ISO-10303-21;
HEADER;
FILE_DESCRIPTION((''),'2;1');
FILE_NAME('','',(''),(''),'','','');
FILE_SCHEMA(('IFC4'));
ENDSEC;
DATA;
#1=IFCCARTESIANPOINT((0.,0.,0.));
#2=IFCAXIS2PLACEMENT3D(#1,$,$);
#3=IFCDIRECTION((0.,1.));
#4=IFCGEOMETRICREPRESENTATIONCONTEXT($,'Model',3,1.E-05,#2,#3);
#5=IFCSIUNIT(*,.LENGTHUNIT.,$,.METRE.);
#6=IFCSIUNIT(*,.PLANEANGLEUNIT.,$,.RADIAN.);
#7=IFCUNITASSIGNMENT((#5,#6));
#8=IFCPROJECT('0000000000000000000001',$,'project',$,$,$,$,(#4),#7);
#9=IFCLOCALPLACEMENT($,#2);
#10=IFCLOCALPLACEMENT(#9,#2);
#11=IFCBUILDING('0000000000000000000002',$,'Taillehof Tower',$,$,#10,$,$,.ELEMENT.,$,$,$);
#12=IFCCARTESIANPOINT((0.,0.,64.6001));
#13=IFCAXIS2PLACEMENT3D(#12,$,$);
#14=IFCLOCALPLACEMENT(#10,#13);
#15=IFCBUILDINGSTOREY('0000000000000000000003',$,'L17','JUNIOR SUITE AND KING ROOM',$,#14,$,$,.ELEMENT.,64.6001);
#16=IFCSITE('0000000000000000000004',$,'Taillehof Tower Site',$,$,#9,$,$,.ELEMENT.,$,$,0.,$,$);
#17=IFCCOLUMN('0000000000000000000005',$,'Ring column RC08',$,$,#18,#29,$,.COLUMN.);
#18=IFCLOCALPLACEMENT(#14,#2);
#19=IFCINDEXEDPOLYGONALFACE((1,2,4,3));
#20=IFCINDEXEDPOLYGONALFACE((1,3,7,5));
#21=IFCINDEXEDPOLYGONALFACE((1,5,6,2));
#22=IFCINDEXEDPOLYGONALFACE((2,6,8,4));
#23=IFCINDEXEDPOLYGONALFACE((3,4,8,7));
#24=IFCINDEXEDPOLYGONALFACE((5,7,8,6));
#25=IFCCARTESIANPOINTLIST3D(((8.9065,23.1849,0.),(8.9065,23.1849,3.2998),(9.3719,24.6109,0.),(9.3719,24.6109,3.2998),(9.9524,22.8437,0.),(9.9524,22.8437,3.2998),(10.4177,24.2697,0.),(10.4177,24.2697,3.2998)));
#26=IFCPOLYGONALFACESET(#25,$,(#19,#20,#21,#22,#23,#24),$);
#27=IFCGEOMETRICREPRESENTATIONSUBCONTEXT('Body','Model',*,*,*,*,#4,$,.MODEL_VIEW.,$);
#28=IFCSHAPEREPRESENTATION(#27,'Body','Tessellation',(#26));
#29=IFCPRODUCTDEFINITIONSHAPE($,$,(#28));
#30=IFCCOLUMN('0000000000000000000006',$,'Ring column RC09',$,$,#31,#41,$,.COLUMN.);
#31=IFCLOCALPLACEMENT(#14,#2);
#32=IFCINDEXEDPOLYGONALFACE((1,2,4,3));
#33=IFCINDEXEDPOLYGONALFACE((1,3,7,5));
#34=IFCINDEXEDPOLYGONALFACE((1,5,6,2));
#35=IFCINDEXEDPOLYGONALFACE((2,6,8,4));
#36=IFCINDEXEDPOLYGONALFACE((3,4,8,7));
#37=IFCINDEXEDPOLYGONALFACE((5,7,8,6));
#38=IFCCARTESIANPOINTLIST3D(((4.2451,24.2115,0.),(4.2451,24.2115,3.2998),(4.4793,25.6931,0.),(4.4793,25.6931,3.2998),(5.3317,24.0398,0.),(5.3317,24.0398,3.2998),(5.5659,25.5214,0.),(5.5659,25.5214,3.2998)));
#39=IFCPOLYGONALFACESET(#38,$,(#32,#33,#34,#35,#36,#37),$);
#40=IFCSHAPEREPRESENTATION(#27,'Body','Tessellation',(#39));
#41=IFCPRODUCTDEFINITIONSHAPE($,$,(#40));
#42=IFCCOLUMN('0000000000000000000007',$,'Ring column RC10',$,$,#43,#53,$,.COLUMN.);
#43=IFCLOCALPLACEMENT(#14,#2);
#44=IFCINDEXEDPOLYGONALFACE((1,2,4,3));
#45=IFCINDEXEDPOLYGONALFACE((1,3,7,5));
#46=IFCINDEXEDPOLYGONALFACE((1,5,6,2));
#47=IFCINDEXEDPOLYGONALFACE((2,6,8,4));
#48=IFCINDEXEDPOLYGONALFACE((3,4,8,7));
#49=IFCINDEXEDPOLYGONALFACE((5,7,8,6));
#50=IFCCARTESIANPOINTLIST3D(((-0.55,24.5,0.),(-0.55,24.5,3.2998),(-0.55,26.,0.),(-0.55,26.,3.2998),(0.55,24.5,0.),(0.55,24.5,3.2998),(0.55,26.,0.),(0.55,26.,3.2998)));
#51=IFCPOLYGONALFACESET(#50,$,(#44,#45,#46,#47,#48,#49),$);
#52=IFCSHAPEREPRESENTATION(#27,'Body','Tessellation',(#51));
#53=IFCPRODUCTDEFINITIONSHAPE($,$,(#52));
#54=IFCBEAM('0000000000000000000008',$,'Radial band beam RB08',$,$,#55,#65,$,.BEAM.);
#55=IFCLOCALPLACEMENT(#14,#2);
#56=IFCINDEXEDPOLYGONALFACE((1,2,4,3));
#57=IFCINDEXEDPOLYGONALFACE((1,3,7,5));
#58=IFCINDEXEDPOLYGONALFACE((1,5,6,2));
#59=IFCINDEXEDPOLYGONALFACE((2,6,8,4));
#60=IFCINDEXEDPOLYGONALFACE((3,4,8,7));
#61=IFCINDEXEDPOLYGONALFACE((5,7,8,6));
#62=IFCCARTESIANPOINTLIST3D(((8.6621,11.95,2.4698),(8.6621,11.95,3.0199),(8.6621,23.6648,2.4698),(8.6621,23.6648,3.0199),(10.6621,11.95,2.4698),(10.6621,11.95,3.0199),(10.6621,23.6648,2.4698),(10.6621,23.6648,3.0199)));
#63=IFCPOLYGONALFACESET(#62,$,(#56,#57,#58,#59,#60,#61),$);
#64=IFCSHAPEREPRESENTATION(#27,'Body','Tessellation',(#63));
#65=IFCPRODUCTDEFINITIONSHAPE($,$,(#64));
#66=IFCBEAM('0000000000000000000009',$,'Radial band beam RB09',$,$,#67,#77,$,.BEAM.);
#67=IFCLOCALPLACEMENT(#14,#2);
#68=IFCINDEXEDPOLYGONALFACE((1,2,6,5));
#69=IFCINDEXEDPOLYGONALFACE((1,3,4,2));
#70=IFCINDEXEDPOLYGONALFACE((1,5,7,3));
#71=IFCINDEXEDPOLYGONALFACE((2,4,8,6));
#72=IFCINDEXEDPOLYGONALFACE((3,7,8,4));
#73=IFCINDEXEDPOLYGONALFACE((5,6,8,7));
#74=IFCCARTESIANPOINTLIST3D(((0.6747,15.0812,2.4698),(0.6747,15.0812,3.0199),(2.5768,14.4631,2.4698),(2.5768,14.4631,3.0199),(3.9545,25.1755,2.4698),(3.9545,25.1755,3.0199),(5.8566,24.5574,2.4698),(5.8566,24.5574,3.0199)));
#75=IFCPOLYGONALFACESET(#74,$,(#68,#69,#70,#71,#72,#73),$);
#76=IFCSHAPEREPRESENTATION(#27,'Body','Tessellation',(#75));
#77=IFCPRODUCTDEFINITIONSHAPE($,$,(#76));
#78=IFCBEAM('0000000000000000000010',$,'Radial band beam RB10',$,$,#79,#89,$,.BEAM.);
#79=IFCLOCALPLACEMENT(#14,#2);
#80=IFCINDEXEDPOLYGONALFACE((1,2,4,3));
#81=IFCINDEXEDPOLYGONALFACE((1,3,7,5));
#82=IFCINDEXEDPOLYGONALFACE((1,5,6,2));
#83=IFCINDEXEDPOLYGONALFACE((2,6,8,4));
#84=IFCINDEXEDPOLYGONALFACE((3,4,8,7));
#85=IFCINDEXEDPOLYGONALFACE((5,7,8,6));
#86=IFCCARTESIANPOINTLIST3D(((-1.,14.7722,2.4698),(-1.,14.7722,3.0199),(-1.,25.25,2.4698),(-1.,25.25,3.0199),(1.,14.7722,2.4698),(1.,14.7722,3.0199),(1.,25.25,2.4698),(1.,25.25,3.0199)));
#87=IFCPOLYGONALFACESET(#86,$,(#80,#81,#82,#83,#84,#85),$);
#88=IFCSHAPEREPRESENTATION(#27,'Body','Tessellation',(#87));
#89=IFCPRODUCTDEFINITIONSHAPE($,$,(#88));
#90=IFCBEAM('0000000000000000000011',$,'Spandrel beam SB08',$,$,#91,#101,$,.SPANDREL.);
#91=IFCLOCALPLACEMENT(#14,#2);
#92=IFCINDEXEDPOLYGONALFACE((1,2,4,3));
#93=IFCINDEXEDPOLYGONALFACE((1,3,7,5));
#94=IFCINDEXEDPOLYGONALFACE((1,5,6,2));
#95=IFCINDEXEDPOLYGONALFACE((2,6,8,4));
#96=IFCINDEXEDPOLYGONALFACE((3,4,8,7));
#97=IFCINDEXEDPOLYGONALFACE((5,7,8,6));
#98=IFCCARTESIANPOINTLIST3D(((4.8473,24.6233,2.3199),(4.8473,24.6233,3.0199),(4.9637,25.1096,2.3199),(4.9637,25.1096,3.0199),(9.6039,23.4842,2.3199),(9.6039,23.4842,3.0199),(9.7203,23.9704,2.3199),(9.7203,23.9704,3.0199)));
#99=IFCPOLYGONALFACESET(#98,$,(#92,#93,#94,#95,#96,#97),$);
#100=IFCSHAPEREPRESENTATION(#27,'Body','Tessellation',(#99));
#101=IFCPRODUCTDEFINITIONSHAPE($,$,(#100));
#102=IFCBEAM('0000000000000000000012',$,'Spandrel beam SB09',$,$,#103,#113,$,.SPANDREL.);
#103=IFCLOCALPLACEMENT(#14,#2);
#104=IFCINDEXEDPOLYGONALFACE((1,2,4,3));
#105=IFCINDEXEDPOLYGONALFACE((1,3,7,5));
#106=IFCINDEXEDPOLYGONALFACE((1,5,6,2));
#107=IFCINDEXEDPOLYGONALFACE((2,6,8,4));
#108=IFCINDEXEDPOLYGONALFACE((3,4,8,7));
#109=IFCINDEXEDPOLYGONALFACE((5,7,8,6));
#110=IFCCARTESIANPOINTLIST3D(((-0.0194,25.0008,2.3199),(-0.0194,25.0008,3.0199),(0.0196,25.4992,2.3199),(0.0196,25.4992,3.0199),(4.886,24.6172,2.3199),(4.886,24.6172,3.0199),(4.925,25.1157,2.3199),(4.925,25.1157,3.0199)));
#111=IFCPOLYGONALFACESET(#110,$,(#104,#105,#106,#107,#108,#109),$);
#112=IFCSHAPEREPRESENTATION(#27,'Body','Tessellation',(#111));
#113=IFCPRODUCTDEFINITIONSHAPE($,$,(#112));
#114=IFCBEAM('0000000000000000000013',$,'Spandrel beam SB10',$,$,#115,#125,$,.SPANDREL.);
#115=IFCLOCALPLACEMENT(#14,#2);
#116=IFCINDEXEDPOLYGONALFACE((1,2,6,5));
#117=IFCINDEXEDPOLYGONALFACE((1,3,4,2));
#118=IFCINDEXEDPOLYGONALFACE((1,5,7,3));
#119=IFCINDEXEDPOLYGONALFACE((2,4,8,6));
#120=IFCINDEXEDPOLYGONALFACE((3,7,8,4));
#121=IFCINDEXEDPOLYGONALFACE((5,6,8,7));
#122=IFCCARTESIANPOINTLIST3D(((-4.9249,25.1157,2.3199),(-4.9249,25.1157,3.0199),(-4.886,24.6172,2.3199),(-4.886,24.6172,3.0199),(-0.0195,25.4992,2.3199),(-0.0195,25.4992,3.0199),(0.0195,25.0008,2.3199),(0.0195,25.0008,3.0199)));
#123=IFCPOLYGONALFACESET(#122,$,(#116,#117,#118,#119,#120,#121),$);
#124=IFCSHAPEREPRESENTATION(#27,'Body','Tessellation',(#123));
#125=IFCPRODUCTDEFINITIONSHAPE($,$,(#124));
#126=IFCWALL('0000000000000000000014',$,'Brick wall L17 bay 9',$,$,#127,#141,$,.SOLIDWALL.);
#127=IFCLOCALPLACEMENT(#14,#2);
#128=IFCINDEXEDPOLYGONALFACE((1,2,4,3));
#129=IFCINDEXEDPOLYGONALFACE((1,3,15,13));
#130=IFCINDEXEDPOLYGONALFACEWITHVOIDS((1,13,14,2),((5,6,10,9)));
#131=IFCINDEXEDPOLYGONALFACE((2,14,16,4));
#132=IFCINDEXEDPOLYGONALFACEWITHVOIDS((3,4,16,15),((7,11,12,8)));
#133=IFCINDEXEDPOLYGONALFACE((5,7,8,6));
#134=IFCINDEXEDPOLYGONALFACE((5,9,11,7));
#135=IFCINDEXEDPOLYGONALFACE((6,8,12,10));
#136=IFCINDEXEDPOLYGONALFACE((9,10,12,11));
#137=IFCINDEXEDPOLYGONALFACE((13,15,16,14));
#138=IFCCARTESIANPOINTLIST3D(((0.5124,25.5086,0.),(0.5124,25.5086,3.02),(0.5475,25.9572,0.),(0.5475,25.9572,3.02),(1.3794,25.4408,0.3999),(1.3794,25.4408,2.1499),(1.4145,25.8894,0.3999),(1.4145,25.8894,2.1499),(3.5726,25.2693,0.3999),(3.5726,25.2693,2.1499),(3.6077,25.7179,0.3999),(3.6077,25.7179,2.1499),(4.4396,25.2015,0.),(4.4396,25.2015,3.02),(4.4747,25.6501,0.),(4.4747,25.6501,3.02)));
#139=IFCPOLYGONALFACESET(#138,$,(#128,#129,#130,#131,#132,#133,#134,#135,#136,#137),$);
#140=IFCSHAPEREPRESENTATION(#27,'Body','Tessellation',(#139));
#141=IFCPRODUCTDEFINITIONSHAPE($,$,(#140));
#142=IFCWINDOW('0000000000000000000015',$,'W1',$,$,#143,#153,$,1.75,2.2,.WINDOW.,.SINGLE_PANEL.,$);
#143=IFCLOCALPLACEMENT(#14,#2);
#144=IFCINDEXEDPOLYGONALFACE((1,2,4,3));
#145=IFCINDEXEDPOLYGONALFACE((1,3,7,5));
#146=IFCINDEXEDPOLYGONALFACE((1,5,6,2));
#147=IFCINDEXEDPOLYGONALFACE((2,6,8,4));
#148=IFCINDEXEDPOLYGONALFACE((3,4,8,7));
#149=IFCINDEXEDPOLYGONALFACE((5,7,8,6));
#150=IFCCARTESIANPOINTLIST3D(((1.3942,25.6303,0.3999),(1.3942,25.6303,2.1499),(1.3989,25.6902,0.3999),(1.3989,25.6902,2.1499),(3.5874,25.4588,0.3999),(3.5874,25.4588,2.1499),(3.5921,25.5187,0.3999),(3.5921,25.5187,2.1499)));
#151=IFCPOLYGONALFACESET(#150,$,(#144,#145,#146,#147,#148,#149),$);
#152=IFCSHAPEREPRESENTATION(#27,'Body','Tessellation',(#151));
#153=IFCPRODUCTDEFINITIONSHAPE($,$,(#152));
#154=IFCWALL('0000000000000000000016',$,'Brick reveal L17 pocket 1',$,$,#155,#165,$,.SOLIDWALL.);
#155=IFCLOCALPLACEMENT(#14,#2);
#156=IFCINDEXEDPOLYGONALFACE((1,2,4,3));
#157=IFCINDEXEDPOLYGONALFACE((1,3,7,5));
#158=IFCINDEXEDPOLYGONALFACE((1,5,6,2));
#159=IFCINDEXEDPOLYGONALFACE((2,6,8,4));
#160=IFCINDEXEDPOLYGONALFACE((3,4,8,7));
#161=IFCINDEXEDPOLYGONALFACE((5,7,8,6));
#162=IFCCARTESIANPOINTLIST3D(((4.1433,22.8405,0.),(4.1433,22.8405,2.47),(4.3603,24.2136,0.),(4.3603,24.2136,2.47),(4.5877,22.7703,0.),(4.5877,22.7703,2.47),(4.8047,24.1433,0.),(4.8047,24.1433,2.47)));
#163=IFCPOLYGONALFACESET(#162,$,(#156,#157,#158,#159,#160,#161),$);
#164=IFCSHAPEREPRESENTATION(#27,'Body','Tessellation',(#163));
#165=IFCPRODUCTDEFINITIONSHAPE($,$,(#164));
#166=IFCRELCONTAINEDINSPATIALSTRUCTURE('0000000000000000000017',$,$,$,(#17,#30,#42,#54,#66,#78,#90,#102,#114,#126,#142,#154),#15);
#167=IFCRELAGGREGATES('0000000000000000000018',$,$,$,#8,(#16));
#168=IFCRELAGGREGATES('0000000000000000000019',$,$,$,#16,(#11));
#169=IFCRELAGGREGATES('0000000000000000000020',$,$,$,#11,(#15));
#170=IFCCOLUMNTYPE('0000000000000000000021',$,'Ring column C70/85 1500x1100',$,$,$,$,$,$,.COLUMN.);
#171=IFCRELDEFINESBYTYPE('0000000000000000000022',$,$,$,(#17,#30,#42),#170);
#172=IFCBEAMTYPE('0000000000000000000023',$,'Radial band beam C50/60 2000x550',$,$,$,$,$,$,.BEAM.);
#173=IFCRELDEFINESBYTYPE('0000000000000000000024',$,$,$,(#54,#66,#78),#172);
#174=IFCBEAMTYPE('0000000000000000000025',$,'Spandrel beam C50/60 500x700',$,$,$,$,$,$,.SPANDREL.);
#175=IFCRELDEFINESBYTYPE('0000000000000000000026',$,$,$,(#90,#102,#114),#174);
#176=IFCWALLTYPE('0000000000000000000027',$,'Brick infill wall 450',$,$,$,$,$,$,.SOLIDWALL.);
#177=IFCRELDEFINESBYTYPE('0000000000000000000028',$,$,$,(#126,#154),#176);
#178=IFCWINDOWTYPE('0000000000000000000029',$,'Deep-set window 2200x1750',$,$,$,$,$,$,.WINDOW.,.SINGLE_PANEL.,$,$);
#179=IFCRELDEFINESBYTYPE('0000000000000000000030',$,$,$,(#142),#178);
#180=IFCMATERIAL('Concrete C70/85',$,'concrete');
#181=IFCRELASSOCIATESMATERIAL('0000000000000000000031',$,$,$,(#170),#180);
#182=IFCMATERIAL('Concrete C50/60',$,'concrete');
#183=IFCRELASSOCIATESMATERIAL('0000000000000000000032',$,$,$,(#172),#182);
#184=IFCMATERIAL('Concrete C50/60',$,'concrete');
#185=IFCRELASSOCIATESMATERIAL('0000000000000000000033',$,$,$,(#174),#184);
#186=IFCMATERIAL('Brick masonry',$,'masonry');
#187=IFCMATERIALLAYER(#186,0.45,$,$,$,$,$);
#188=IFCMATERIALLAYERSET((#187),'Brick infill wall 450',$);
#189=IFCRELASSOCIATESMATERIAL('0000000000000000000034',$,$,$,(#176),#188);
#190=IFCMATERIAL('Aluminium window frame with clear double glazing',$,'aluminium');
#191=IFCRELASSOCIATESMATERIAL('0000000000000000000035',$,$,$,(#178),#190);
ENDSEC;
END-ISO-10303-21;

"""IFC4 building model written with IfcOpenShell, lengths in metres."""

from ifc_helpers import new_model, si_unit, direction, frame, frame_2d, origin, origin_2d, place, context, subcontext, project, spatial, rectangle, extrude, material, layer, layer_set, material_profile, profile_set, type_object, element, fill, save


model = new_model("IFC4")

# Units and contexts
model_context = context("Model", 3, precision=1e-05, world=origin(), true_north=direction((0.0, 1.0)))
body_context = subcontext(model_context, "Body", "Model", "MODEL_VIEW")
ifc_project = project(units=[si_unit("LENGTHUNIT", "METRE"), si_unit("PLANEANGLEUNIT", "RADIAN")], contexts=[model_context])

# Site, building, storey
site_placement = place(None, origin())
site = spatial("IfcSite", under=ifc_project, at=site_placement, Name="Taillehof Tower Site", CompositionType="ELEMENT", RefElevation=0.0)
building_placement = place(site_placement, origin())
building = spatial("IfcBuilding", under=site, at=building_placement, Name="Taillehof Tower", CompositionType="ELEMENT")
storey_placement = place(building_placement, frame((0.0, 0.0, 64.6001)))
storey = spatial("IfcBuildingStorey", under=building, at=storey_placement, Name="L17", Description="JUNIOR SUITE AND KING ROOM", CompositionType="ELEMENT", Elevation=64.6001)

# Columns
ifc_material_1 = material(Name="Concrete C70/85", Category="concrete")
ifc_material_profile_1 = material_profile(ifc_material_1, rectangle(XDim=1.5, YDim=1.1001, at=origin_2d()), Name="RC 1500x1100")
ifc_profile_set_1 = profile_set([ifc_material_profile_1], Name="Concrete C70/85")
column_type = type_object("IfcColumnType", Name="Ring column C70/85 1500x1100", PredefinedType="COLUMN", material=ifc_profile_set_1)
for number, where, z_axis, x_axis, name in (
    (1, (9.6621, 23.7273, 0.0), (0.0, 0.0, 1.0), (0.310219, 0.950665, 0.0), "Ring column RC08"),
    (2, (4.9055, 24.8665, 0.0), (0.0, 0.0, 1.0), (0.156147, 0.987734, 0.0), "Ring column RC09"),
    (3, (0.0, 25.25, 0.0), (0.0, 0.0, 1.0), (0.0, 1.0, 0.0), "Ring column RC10"),
):
    element("IfcColumn", number, at=place(storey_placement, frame(where, z_axis=z_axis, x_axis=x_axis)), inside=storey, type_object=column_type, Name=name, PredefinedType="COLUMN", context=body_context, shape_type="SweptSolid", body=[
        extrude(rectangle(XDim=1.5, YDim=1.1001, at=origin_2d()), origin(), (0.0, 0.0, 1.0), 3.2998),
    ])

# Beams
ifc_material_2 = material(Name="Concrete C50/60", Category="concrete")
ifc_material_profile_2 = material_profile(ifc_material_2, rectangle(XDim=2.0, YDim=0.55, at=origin_2d()), Name="RC 2000x550")
ifc_profile_set_2 = profile_set([ifc_material_profile_2], Name="Concrete C50/60")
beam_type_1 = type_object("IfcBeamType", Name="Radial band beam C50/60 2000x550", PredefinedType="BEAM", material=ifc_profile_set_2)
beam_1_placement = place(storey_placement, frame((9.6621, 23.6648, 2.7449), z_axis=(0.0, -1.0, 0.0), x_axis=(1.0, 0.0, 0.0)))
element("IfcBeam", 4, at=beam_1_placement, inside=storey, type_object=beam_type_1, Name="Radial band beam RB08", PredefinedType="BEAM", context=body_context, shape_type="SweptSolid", body=[
    extrude(rectangle(XDim=2.0, YDim=0.55, at=origin_2d()), origin(), (0.0, 0.0, 1.0), 11.7148),
])
beam_2_placement = place(storey_placement, frame((4.9055, 24.8665, 2.7449), z_axis=(-0.309014, -0.951057, 0.0), x_axis=(0.951057, -0.309014, 0.0)))
element("IfcBeam", 5, at=beam_2_placement, inside=storey, type_object=beam_type_1, Name="Radial band beam RB09", PredefinedType="BEAM", context=body_context, shape_type="SweptSolid", body=[
    extrude(rectangle(XDim=2.0, YDim=0.55, at=origin_2d()), origin(), (0.0, 0.0, 1.0), 10.6138),
])
beam_3_placement = place(storey_placement, frame((0.0, 25.25, 2.7449), z_axis=(0.0, -1.0, 0.0), x_axis=(1.0, 0.0, 0.0)))
element("IfcBeam", 6, at=beam_3_placement, inside=storey, type_object=beam_type_1, Name="Radial band beam RB10", PredefinedType="BEAM", context=body_context, shape_type="SweptSolid", body=[
    extrude(rectangle(XDim=2.0, YDim=0.55, at=origin_2d()), origin(), (0.0, 0.0, 1.0), 10.4778),
])
ifc_material_3 = material(Name="Concrete C50/60", Category="concrete")
ifc_material_profile_3 = material_profile(ifc_material_3, rectangle(XDim=0.5, YDim=0.7, at=origin_2d()), Name="RC 500x700")
ifc_profile_set_3 = profile_set([ifc_material_profile_3], Name="Concrete C50/60")
beam_type_2 = type_object("IfcBeamType", Name="Spandrel beam C50/60 500x700", PredefinedType="SPANDREL", material=ifc_profile_set_3)
beam_4_placement = place(storey_placement, frame((9.6621, 23.7273, 2.6699), z_axis=(-0.9725, 0.232905, 0.0), x_axis=(-0.232905, -0.9725, 0.0)))
element("IfcBeam", 7, at=beam_4_placement, inside=storey, type_object=beam_type_2, Name="Spandrel beam SB08", PredefinedType="SPANDREL", context=body_context, shape_type="SweptSolid", body=[
    extrude(rectangle(XDim=0.5, YDim=0.7, at=origin_2d()), origin(), (0.0, 0.0, 1.0), 4.8911),
])
for number, where, z_axis, x_axis, name in (
    (8, (4.9055, 24.8665, 2.6699), (-0.996957, 0.077949, 0.0), (-0.077949, -0.996957, 0.0), "Spandrel beam SB09"),
    (9, (0.0, 25.25, 2.6699), (-0.996957, -0.077949, 0.0), (0.077949, -0.996957, 0.0), "Spandrel beam SB10"),
):
    element("IfcBeam", number, at=place(storey_placement, frame(where, z_axis=z_axis, x_axis=x_axis)), inside=storey, type_object=beam_type_2, Name=name, PredefinedType="SPANDREL", context=body_context, shape_type="SweptSolid", body=[
        extrude(rectangle(XDim=0.5, YDim=0.7, at=origin_2d()), origin(), (0.0, 0.0, 1.0), 4.9204),
    ])

# Wall, opening, window
ifc_material_4 = material(Name="Brick masonry", Category="masonry")
ifc_layer_1 = layer(ifc_material_4, 0.45)
ifc_layer_set_1 = layer_set([ifc_layer_1], Name="Brick infill wall 450")
wall_type_1 = type_object("IfcWallType", Name="Brick infill wall 450", PredefinedType="SOLIDWALL", material=ifc_layer_set_1)
wall_1_placement = place(storey_placement, frame((4.4573, 25.4258, 0.0), z_axis=(0.0, 0.0, 1.0), x_axis=(-0.996956, 0.077967, 0.0)))
wall_1 = element("IfcWall", 10, at=wall_1_placement, inside=storey, type_object=wall_type_1, Name="Brick wall L17 bay 9", PredefinedType="SOLIDWALL", context=body_context, shape_type="SweptSolid", body=[
    extrude(rectangle(XDim=3.9392, YDim=0.45, at=frame_2d((1.9697, 0.0))), origin(), (0.0, 0.0, 1.0), 3.02),
])
opening_1_placement = place(wall_1_placement, frame((0.8696, 0.0, 0.3999)))
opening_1 = element("IfcOpeningElement", 11, at=opening_1_placement, cuts=wall_1, PredefinedType="OPENING", context=body_context, shape_type="SweptSolid", body=[
    extrude(rectangle(XDim=2.2, YDim=1.75, at=frame_2d((1.1001, 0.875))), frame((0.0, 0.2349, 0.0), z_axis=(0.0, -1.0, 0.0), x_axis=(1.0, 0.0, 0.0)), (0.0, 0.0, 1.0), 0.47),
])
ifc_material_5 = material(Name="Aluminium window frame with clear double glazing", Category="aluminium")
window_type_1 = type_object("IfcWindowType", Name="Deep-set window 2200x1750", PartitioningType="SINGLE_PANEL", PredefinedType="WINDOW", material=ifc_material_5)
window_1_placement = place(opening_1_placement, origin())
window_1 = element("IfcWindow", 12, at=window_1_placement, inside=storey, type_object=window_type_1, Name="W1", OverallHeight=1.75, OverallWidth=2.2, PartitioningType="SINGLE_PANEL", PredefinedType="WINDOW", context=body_context, shape_type="SweptSolid", body=[
    extrude(rectangle(XDim=2.2, YDim=1.75, at=frame_2d((1.1001, 0.875))), frame((0.0, 0.0349, 0.0), z_axis=(0.0, -1.0, 0.0), x_axis=(1.0, 0.0, 0.0)), (0.0, 0.0, 1.0), 0.0601),
])
fill(opening_1, window_1)

# Wall
wall_2_placement = place(storey_placement, frame((4.5825, 24.1785, 0.0), z_axis=(0.0, 0.0, 1.0), x_axis=(-0.156134, -0.987736, 0.0)))
element("IfcWall", 13, at=wall_2_placement, inside=storey, type_object=wall_type_1, Name="Brick reveal L17 pocket 1", PredefinedType="SOLIDWALL", context=body_context, shape_type="SweptSolid", body=[
    extrude(rectangle(XDim=1.3901, YDim=0.45, at=frame_2d((0.6951, 0.0))), origin(), (0.0, 0.0, 1.0), 2.47),
])

save(model, "model.ifc")
